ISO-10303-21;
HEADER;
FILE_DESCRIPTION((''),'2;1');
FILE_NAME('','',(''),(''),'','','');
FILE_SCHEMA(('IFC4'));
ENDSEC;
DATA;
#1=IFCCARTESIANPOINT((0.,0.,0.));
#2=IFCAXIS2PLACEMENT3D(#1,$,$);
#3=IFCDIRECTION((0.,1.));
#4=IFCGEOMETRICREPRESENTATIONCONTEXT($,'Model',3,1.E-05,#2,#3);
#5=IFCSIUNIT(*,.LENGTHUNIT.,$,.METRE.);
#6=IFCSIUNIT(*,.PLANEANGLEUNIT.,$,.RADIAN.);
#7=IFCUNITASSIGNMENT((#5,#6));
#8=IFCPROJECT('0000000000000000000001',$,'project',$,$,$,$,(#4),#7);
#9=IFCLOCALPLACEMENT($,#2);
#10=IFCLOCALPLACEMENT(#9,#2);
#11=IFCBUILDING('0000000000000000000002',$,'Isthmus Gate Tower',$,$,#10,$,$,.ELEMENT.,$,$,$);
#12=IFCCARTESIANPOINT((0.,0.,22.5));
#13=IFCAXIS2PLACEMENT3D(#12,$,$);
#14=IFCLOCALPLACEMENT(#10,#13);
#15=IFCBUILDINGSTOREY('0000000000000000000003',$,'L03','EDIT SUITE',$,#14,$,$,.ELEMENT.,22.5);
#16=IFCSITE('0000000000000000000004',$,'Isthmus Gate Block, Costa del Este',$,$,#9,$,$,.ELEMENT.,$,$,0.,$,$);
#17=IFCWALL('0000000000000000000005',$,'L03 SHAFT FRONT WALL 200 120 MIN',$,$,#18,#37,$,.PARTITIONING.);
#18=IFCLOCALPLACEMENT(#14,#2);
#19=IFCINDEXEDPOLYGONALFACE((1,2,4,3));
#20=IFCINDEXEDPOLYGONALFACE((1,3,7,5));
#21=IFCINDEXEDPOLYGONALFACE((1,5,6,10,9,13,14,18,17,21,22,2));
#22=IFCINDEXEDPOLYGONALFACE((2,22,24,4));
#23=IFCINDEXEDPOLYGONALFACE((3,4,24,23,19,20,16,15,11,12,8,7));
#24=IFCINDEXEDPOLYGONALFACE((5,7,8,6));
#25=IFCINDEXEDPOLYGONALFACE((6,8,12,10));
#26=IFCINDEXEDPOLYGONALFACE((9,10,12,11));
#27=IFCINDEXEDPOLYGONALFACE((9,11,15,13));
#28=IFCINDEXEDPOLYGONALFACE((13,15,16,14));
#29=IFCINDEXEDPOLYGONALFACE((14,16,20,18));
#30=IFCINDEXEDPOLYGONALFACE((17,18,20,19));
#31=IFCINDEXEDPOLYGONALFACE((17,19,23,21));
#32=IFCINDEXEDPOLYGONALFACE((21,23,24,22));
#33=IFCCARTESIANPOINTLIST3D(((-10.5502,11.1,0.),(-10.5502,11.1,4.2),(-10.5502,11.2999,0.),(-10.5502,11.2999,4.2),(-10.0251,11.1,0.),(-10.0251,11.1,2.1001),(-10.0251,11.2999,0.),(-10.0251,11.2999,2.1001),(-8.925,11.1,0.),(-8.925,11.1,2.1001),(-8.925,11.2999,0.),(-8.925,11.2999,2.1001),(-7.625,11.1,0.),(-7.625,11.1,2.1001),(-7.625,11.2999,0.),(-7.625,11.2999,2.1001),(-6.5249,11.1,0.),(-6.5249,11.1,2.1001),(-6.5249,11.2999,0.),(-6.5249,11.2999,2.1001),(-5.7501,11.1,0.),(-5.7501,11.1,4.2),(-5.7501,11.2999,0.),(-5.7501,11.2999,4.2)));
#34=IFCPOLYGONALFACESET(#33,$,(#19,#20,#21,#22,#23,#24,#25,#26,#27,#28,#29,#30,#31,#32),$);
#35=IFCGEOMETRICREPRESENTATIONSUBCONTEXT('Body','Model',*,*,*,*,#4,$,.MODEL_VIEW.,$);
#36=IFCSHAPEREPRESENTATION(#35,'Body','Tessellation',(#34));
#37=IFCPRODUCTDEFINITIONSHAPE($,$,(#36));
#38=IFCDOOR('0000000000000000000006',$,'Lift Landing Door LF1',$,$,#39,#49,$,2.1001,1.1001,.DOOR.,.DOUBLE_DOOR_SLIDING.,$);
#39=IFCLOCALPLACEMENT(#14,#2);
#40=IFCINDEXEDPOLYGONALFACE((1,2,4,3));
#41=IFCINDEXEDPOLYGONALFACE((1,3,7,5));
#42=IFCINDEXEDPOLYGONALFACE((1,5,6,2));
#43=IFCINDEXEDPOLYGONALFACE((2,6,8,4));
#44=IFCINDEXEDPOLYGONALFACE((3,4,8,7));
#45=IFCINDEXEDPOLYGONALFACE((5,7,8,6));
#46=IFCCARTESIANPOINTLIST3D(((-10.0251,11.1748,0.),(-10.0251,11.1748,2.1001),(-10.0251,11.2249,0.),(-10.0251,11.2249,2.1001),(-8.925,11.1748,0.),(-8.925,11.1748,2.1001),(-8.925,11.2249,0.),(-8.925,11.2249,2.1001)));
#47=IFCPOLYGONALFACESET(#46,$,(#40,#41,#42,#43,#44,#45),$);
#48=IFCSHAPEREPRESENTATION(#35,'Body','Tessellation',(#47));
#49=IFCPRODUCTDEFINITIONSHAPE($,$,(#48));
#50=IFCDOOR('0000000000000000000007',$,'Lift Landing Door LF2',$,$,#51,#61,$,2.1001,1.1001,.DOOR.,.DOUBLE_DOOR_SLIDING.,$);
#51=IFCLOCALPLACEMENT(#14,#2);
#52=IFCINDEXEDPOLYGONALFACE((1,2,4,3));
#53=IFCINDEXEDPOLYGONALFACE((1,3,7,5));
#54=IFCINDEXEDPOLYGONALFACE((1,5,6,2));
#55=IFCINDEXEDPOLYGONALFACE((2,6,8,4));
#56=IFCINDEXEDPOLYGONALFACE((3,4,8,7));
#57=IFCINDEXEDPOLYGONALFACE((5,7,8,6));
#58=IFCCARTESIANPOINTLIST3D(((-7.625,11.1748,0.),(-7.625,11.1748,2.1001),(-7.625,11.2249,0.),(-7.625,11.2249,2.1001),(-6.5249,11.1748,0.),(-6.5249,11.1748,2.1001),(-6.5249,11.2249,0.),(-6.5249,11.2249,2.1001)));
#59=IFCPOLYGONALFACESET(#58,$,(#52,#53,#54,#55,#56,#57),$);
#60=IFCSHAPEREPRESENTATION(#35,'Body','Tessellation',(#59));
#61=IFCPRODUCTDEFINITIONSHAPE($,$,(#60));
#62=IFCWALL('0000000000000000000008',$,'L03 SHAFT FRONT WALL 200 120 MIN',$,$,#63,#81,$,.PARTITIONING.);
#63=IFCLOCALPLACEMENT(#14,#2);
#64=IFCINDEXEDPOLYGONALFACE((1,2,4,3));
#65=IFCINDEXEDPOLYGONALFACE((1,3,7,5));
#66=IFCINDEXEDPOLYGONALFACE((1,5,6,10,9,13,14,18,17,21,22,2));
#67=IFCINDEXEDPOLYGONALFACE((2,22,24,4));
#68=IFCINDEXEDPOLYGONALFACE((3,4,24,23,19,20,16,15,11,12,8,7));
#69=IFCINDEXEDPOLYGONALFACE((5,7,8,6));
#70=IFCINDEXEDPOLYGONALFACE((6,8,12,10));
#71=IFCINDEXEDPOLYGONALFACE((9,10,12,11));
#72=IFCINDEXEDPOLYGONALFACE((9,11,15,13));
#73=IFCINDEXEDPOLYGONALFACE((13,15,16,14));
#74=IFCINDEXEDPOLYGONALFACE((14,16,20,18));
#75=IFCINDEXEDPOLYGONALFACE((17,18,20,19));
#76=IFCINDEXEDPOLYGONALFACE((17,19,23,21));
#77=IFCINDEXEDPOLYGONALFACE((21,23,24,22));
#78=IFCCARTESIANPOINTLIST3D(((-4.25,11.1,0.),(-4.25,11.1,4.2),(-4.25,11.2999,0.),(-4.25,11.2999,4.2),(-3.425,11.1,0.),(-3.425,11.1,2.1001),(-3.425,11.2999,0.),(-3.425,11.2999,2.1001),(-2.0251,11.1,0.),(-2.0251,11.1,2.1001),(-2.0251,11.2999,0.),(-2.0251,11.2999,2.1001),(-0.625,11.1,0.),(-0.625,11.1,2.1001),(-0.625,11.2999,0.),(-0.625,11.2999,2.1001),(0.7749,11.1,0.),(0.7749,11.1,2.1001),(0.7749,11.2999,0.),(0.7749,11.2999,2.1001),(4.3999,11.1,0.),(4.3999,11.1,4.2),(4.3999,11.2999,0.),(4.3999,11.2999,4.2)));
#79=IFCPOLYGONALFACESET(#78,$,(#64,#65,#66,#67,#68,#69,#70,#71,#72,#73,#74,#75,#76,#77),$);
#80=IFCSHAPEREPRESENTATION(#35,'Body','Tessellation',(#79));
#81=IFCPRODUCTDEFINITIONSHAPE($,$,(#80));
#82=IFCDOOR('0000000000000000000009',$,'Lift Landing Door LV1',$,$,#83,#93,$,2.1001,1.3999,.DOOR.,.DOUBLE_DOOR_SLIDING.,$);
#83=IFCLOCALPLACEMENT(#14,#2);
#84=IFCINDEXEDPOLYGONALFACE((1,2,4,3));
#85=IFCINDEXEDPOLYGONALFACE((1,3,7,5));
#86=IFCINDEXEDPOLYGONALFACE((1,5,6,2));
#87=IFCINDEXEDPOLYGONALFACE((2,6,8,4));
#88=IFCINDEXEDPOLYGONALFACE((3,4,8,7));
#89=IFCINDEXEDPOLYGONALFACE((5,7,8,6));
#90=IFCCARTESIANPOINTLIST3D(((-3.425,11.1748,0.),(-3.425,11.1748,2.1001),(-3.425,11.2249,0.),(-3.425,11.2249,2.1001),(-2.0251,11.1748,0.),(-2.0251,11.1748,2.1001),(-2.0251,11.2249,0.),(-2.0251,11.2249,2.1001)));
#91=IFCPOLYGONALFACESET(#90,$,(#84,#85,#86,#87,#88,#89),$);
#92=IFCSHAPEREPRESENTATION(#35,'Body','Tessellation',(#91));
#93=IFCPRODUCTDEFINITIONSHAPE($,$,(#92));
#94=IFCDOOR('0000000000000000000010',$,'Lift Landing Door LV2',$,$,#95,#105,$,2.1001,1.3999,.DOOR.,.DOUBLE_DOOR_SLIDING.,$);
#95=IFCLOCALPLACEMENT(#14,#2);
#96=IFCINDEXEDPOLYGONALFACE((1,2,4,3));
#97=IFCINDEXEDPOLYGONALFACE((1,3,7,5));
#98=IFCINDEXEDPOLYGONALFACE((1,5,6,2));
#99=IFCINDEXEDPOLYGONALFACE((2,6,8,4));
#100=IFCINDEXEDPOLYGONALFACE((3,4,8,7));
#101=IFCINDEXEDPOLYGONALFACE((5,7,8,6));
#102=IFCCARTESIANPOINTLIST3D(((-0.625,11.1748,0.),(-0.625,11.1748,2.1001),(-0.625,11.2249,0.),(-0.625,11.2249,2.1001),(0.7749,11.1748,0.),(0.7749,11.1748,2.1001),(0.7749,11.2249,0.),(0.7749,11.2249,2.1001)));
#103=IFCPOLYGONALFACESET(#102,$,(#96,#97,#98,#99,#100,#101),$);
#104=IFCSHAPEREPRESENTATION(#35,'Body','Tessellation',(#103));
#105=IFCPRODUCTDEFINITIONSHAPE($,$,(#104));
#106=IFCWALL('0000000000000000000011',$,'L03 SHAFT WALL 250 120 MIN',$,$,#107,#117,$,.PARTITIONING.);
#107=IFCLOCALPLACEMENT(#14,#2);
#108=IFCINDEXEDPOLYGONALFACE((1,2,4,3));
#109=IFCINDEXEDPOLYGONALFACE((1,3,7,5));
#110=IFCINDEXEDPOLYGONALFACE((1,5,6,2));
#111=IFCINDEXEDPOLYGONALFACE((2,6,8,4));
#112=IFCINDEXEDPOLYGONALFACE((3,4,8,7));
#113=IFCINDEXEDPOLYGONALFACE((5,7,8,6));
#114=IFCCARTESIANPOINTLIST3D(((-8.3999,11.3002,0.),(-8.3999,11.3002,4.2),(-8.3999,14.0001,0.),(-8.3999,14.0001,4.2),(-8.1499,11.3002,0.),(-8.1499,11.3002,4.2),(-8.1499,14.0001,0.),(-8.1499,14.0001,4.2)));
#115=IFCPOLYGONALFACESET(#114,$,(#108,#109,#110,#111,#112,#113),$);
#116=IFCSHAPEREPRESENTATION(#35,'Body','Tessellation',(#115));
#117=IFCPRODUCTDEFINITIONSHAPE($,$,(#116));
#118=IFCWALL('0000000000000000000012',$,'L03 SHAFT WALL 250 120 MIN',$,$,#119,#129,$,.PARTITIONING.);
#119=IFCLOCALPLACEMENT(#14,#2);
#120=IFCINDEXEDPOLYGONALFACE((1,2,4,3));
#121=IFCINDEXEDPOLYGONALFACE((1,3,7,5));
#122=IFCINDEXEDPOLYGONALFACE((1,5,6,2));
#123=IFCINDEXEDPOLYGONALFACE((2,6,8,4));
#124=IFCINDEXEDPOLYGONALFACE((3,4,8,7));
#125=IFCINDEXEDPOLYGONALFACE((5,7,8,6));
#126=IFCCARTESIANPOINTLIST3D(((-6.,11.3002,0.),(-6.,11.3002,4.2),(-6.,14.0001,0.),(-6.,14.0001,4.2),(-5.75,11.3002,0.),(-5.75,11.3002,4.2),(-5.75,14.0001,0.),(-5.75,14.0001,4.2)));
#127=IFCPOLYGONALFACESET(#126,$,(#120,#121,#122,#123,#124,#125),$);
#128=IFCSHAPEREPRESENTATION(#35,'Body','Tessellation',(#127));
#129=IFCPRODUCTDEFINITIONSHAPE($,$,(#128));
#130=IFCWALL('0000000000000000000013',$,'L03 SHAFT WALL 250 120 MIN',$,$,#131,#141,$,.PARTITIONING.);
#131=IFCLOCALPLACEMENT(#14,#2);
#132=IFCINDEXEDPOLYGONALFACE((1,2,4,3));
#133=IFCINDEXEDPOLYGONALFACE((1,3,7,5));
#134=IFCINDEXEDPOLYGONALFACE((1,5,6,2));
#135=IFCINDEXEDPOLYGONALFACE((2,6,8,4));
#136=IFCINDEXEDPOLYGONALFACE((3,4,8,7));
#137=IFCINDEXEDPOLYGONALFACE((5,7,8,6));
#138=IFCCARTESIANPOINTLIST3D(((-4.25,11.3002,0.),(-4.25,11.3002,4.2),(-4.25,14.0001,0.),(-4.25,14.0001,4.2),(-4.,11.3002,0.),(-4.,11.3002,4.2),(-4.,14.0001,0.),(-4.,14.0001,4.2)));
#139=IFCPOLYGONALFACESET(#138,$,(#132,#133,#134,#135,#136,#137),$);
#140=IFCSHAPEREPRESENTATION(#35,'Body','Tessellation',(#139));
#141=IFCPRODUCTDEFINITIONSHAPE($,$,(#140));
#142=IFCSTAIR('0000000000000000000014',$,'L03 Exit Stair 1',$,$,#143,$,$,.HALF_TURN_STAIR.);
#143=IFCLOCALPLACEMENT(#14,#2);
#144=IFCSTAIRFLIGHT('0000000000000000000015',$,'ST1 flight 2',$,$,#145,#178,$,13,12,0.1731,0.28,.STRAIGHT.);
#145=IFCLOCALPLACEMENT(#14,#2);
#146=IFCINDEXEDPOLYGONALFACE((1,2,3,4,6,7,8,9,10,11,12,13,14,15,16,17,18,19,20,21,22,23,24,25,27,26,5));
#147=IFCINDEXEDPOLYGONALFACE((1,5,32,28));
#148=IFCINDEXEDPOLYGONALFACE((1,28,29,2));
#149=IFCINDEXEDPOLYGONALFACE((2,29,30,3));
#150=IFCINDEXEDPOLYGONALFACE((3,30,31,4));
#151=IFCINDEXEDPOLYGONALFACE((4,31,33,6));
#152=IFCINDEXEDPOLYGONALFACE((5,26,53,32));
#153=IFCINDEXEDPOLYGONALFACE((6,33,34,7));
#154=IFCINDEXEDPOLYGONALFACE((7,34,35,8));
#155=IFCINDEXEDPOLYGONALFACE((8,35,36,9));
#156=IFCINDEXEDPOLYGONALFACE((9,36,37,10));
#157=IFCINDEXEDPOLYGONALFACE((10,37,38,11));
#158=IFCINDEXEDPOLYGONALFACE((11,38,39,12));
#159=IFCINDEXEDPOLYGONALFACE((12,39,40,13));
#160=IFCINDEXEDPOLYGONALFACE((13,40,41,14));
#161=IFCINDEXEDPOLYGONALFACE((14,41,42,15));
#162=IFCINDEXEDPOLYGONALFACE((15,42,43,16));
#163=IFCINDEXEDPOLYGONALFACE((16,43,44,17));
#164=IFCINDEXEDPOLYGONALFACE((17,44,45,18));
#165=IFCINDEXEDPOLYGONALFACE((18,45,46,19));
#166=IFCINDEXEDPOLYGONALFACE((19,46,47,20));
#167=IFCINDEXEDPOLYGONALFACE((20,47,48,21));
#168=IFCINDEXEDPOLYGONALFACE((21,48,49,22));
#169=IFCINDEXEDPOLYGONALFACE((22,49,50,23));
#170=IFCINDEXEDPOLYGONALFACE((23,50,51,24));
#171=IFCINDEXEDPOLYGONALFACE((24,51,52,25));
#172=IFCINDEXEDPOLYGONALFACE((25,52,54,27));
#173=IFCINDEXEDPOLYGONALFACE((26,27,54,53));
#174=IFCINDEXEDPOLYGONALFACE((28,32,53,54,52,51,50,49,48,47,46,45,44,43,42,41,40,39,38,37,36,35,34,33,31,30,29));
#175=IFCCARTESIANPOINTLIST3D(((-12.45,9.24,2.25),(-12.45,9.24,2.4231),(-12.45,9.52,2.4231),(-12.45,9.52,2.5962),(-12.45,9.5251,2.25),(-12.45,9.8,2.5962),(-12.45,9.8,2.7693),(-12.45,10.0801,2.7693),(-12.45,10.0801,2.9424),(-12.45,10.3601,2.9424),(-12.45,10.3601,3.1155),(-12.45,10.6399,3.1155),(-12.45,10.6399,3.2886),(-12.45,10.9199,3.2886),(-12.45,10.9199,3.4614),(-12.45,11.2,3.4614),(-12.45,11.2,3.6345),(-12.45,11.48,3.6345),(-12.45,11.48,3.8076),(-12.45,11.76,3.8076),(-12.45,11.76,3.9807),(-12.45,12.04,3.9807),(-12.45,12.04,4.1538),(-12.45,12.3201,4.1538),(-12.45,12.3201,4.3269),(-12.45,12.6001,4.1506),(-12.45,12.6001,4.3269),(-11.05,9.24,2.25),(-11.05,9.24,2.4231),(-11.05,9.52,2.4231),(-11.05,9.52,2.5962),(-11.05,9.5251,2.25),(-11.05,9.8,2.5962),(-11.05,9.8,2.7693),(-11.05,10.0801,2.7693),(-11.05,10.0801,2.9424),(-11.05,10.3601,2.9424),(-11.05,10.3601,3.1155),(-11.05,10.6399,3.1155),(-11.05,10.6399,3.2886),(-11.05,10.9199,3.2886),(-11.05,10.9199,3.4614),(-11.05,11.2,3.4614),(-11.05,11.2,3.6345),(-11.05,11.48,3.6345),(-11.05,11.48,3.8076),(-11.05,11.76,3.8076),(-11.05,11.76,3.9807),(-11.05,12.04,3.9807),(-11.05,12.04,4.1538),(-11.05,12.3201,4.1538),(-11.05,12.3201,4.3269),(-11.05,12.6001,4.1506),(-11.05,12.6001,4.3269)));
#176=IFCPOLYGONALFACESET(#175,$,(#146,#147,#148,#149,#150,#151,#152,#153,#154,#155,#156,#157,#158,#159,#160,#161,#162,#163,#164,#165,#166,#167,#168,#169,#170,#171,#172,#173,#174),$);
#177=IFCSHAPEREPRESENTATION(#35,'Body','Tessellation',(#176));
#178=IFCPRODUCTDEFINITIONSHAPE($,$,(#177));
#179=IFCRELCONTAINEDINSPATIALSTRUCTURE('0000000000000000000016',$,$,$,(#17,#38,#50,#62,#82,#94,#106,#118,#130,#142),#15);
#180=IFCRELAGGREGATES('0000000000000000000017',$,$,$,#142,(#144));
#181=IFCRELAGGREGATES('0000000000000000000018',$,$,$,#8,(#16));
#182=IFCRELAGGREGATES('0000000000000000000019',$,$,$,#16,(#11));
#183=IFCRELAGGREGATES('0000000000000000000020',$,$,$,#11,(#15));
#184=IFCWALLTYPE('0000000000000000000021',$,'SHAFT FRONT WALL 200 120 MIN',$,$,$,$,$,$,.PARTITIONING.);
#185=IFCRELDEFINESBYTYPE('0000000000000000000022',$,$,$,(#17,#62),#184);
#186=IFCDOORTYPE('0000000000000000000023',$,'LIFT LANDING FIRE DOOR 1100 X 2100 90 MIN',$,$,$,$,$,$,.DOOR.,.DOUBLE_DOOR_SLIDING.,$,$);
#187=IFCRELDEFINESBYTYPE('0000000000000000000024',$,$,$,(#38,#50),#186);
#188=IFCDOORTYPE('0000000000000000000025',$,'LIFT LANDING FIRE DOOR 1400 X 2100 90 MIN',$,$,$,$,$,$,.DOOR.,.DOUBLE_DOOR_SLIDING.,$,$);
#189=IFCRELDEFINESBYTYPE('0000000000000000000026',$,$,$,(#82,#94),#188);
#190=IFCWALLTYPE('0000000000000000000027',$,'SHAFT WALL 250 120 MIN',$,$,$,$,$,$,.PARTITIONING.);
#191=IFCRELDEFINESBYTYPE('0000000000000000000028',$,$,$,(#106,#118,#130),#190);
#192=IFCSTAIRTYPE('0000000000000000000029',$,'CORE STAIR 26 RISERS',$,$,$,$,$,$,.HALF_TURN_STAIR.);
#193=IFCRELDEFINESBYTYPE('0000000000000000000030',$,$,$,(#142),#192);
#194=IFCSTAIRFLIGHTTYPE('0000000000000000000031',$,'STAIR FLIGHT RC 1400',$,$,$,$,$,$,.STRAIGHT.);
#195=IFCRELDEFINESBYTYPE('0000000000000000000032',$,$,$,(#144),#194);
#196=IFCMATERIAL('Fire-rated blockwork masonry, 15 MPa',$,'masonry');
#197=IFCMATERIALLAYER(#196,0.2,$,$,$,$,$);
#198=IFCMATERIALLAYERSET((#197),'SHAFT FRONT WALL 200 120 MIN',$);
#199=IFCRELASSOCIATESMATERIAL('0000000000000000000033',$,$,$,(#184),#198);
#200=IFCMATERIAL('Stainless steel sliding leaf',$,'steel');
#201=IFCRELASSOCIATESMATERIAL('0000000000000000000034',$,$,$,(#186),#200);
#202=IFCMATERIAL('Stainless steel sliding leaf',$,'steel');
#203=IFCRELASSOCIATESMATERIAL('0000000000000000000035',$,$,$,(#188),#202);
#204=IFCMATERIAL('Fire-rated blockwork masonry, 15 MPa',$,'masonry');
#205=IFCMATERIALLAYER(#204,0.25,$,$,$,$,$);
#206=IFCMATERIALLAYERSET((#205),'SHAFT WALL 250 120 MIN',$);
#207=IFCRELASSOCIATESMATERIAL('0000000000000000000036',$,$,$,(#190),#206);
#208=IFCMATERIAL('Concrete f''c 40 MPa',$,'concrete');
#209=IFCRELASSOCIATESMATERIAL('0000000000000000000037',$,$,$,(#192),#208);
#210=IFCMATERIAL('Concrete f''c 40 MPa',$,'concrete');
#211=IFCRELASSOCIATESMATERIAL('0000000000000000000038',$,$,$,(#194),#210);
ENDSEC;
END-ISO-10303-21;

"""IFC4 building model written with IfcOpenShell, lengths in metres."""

from ifc_helpers import new_model, si_unit, direction, frame, frame_2d, origin, place, context, subcontext, project, spatial, polyline, rectangle, outline, extrude, material, layer, layer_set, type_object, element, fill, aggregate, save


model = new_model("IFC4")

# Units and contexts
model_context = context("Model", 3, precision=1e-05, world=origin(), true_north=direction((0.0, 1.0)))
body_context = subcontext(model_context, "Body", "Model", "MODEL_VIEW")
ifc_project = project(units=[si_unit("LENGTHUNIT", "METRE"), si_unit("PLANEANGLEUNIT", "RADIAN")], contexts=[model_context])

# Site, building, storey
site_placement = place(None, origin())
site = spatial("IfcSite", under=ifc_project, at=site_placement, Name="Isthmus Gate Block, Costa del Este", CompositionType="ELEMENT", RefElevation=0.0)
building_placement = place(site_placement, origin())
building = spatial("IfcBuilding", under=site, at=building_placement, Name="Isthmus Gate Tower", CompositionType="ELEMENT")
storey_placement = place(building_placement, frame((0.0, 0.0, 22.5)))
storey = spatial("IfcBuildingStorey", under=building, at=storey_placement, Name="L03", Description="EDIT SUITE", CompositionType="ELEMENT", Elevation=22.5)

# Walls, openings, doors
ifc_material_1 = material(Name="Fire-rated blockwork masonry, 15 MPa", Category="masonry")
ifc_layer_1 = layer(ifc_material_1, 0.2)
ifc_layer_set_1 = layer_set([ifc_layer_1], Name="SHAFT FRONT WALL 200 120 MIN")
wall_type_1 = type_object("IfcWallType", Name="SHAFT FRONT WALL 200 120 MIN", PredefinedType="PARTITIONING", material=ifc_layer_set_1)
wall_1_placement = place(storey_placement, frame((-10.55, 11.2, 0.0), z_axis=(0.0, 0.0, 1.0), x_axis=(1.0, 0.0, 0.0)))
wall_1 = element("IfcWall", 1, at=wall_1_placement, inside=storey, type_object=wall_type_1, Name="L03 SHAFT FRONT WALL 200 120 MIN", PredefinedType="PARTITIONING", context=body_context, shape_type="SweptSolid", body=[
    extrude(rectangle(XDim=4.8, YDim=0.2, at=frame_2d((2.3999, 0.0))), origin(), (0.0, 0.0, 1.0), 4.2),
])
opening_1_placement = place(wall_1_placement, frame((0.5249, 0.0, 0.0)))
opening_1 = element("IfcOpeningElement", 2, at=opening_1_placement, cuts=wall_1, PredefinedType="OPENING", context=body_context, shape_type="SweptSolid", body=[
    extrude(rectangle(XDim=1.1001, YDim=2.1001, at=frame_2d((0.55, 1.05))), frame((0.0, 0.1099, 0.0), z_axis=(0.0, -1.0, 0.0), x_axis=(1.0, 0.0, 0.0)), (0.0, 0.0, 1.0), 0.22),
])
opening_2_placement = place(wall_1_placement, frame((2.925, 0.0, 0.0)))
opening_2 = element("IfcOpeningElement", 3, at=opening_2_placement, cuts=wall_1, PredefinedType="OPENING", context=body_context, shape_type="SweptSolid", body=[
    extrude(rectangle(XDim=1.1001, YDim=2.1001, at=frame_2d((0.55, 1.05))), frame((0.0, 0.1099, 0.0), z_axis=(0.0, -1.0, 0.0), x_axis=(1.0, 0.0, 0.0)), (0.0, 0.0, 1.0), 0.22),
])
ifc_material_2 = material(Name="Stainless steel sliding leaf", Category="steel")
door_type_1 = type_object("IfcDoorType", Name="LIFT LANDING FIRE DOOR 1100 X 2100 90 MIN", OperationType="DOUBLE_DOOR_SLIDING", PredefinedType="DOOR", material=ifc_material_2)
door_1_placement = place(opening_1_placement, origin())
door_1 = element("IfcDoor", 4, at=door_1_placement, inside=storey, type_object=door_type_1, Name="Lift Landing Door LF1", OperationType="DOUBLE_DOOR_SLIDING", OverallHeight=2.1001, OverallWidth=1.1001, PredefinedType="DOOR", context=body_context, shape_type="SweptSolid", body=[
    extrude(rectangle(XDim=1.1001, YDim=2.1001, at=frame_2d((0.55, 1.05))), frame((0.0, 0.0249, 0.0), z_axis=(0.0, -1.0, 0.0), x_axis=(1.0, 0.0, 0.0)), (0.0, 0.0, 1.0), 0.05),
])
fill(opening_1, door_1)
door_2_placement = place(opening_2_placement, origin())
door_2 = element("IfcDoor", 5, at=door_2_placement, inside=storey, type_object=door_type_1, Name="Lift Landing Door LF2", OperationType="DOUBLE_DOOR_SLIDING", OverallHeight=2.1001, OverallWidth=1.1001, PredefinedType="DOOR", context=body_context, shape_type="SweptSolid", body=[
    extrude(rectangle(XDim=1.1001, YDim=2.1001, at=frame_2d((0.55, 1.05))), frame((0.0, 0.0249, 0.0), z_axis=(0.0, -1.0, 0.0), x_axis=(1.0, 0.0, 0.0)), (0.0, 0.0, 1.0), 0.05),
])
fill(opening_2, door_2)
wall_2_placement = place(storey_placement, frame((-4.25, 11.2, 0.0), z_axis=(0.0, 0.0, 1.0), x_axis=(1.0, 0.0, 0.0)))
wall_2 = element("IfcWall", 6, at=wall_2_placement, inside=storey, type_object=wall_type_1, Name="L03 SHAFT FRONT WALL 200 120 MIN", PredefinedType="PARTITIONING", context=body_context, shape_type="SweptSolid", body=[
    extrude(rectangle(XDim=8.6499, YDim=0.2, at=frame_2d((4.325, 0.0))), origin(), (0.0, 0.0, 1.0), 4.2),
])
opening_3_placement = place(wall_2_placement, frame((0.825, 0.0, 0.0)))
opening_3 = element("IfcOpeningElement", 7, at=opening_3_placement, cuts=wall_2, PredefinedType="OPENING", context=body_context, shape_type="SweptSolid", body=[
    extrude(rectangle(XDim=1.3999, YDim=2.1001, at=frame_2d((0.7, 1.05))), frame((0.0, 0.1099, 0.0), z_axis=(0.0, -1.0, 0.0), x_axis=(1.0, 0.0, 0.0)), (0.0, 0.0, 1.0), 0.22),
])
opening_4_placement = place(wall_2_placement, frame((3.625, 0.0, 0.0)))
opening_4 = element("IfcOpeningElement", 8, at=opening_4_placement, cuts=wall_2, PredefinedType="OPENING", context=body_context, shape_type="SweptSolid", body=[
    extrude(rectangle(XDim=1.3999, YDim=2.1001, at=frame_2d((0.7, 1.05))), frame((0.0, 0.1099, 0.0), z_axis=(0.0, -1.0, 0.0), x_axis=(1.0, 0.0, 0.0)), (0.0, 0.0, 1.0), 0.22),
])
ifc_material_3 = material(Name="Stainless steel sliding leaf", Category="steel")
door_type_2 = type_object("IfcDoorType", Name="LIFT LANDING FIRE DOOR 1400 X 2100 90 MIN", OperationType="DOUBLE_DOOR_SLIDING", PredefinedType="DOOR", material=ifc_material_3)
door_3_placement = place(opening_3_placement, origin())
door_3 = element("IfcDoor", 9, at=door_3_placement, inside=storey, type_object=door_type_2, Name="Lift Landing Door LV1", OperationType="DOUBLE_DOOR_SLIDING", OverallHeight=2.1001, OverallWidth=1.3999, PredefinedType="DOOR", context=body_context, shape_type="SweptSolid", body=[
    extrude(rectangle(XDim=1.3999, YDim=2.1001, at=frame_2d((0.7, 1.05))), frame((0.0, 0.0249, 0.0), z_axis=(0.0, -1.0, 0.0), x_axis=(1.0, 0.0, 0.0)), (0.0, 0.0, 1.0), 0.05),
])
fill(opening_3, door_3)
door_4_placement = place(opening_4_placement, origin())
door_4 = element("IfcDoor", 10, at=door_4_placement, inside=storey, type_object=door_type_2, Name="Lift Landing Door LV2", OperationType="DOUBLE_DOOR_SLIDING", OverallHeight=2.1001, OverallWidth=1.3999, PredefinedType="DOOR", context=body_context, shape_type="SweptSolid", body=[
    extrude(rectangle(XDim=1.3999, YDim=2.1001, at=frame_2d((0.7, 1.05))), frame((0.0, 0.0249, 0.0), z_axis=(0.0, -1.0, 0.0), x_axis=(1.0, 0.0, 0.0)), (0.0, 0.0, 1.0), 0.05),
])
fill(opening_4, door_4)

# Walls
ifc_material_4 = material(Name="Fire-rated blockwork masonry, 15 MPa", Category="masonry")
ifc_layer_2 = layer(ifc_material_4, 0.25)
ifc_layer_set_2 = layer_set([ifc_layer_2], Name="SHAFT WALL 250 120 MIN")
wall_type_2 = type_object("IfcWallType", Name="SHAFT WALL 250 120 MIN", PredefinedType="PARTITIONING", material=ifc_layer_set_2)
for number, where, z_axis, x_axis, name in (
    (11, (-8.2749, 11.3, 0.0), (0.0, 0.0, 1.0), (0.0, 1.0, 0.0), "L03 SHAFT WALL 250 120 MIN"),
    (12, (-5.875, 11.3, 0.0), (0.0, 0.0, 1.0), (0.0, 1.0, 0.0), "L03 SHAFT WALL 250 120 MIN"),
    (13, (-4.125, 11.3, 0.0), (0.0, 0.0, 1.0), (0.0, 1.0, 0.0), "L03 SHAFT WALL 250 120 MIN"),
):
    element("IfcWall", number, at=place(storey_placement, frame(where, z_axis=z_axis, x_axis=x_axis)), inside=storey, type_object=wall_type_2, Name=name, PredefinedType="PARTITIONING", context=body_context, shape_type="SweptSolid", body=[
        extrude(rectangle(XDim=2.7, YDim=0.25, at=frame_2d((1.3501, 0.0))), origin(), (0.0, 0.0, 1.0), 4.2),
    ])

# Stair, stair flight
ifc_material_5 = material(Name="Concrete f'c 40 MPa", Category="concrete")
stair_type = type_object("IfcStairType", Name="CORE STAIR 26 RISERS", PredefinedType="HALF_TURN_STAIR", material=ifc_material_5)
stair_placement = place(storey_placement, origin())
stair = element("IfcStair", 14, at=stair_placement, inside=storey, type_object=stair_type, Name="L03 Exit Stair 1", PredefinedType="HALF_TURN_STAIR")
ifc_material_6 = material(Name="Concrete f'c 40 MPa", Category="concrete")
stair_flight_type = type_object("IfcStairFlightType", Name="STAIR FLIGHT RC 1400", PredefinedType="STRAIGHT", material=ifc_material_6)
stair_flight_placement = place(storey_placement, frame((-11.75, 9.24, 2.25), z_axis=(0.0, 0.0, 1.0), x_axis=(0.0, 1.0, 0.0)))
stair_flight = element("IfcStairFlight", 15, at=stair_flight_placement, type_object=stair_flight_type, Name="ST1 flight 2", NumberOfRisers=13, NumberOfTreads=12, PredefinedType="STRAIGHT", RiserHeight=0.1731, TreadLength=0.28, context=body_context, shape_type="SweptSolid", body=[
    extrude(outline(polyline([(0.0, 0.0), (0.0, 0.1731), (0.28, 0.1731), (0.28, 0.3462), (0.5601, 0.3462), (0.5601, 0.5193), (0.8401, 0.5193), (0.8401, 0.6924), (1.1201, 0.6924), (1.1201, 0.8655), (1.3999, 0.8655), (1.3999, 1.0386), (1.6799, 1.0386), (1.6799, 1.2114), (1.96, 1.2114), (1.96, 1.3845), (2.24, 1.3845), (2.24, 1.5576), (2.52, 1.5576), (2.52, 1.7307), (2.8, 1.7307), (2.8, 1.9038), (3.0801, 1.9038), (3.0801, 2.0769), (3.3601, 2.0769), (3.3601, 2.25), (3.3601, 1.9006), (0.2852, 0.0), (0.0, 0.0)])), frame((0.0, 0.7, 0.0), z_axis=(0.0, -1.0, 0.0), x_axis=(1.0, 0.0, 0.0)), (0.0, 0.0, 1.0), 1.3999),
])
aggregate(stair, [stair_flight])

save(model, "model.ifc")
